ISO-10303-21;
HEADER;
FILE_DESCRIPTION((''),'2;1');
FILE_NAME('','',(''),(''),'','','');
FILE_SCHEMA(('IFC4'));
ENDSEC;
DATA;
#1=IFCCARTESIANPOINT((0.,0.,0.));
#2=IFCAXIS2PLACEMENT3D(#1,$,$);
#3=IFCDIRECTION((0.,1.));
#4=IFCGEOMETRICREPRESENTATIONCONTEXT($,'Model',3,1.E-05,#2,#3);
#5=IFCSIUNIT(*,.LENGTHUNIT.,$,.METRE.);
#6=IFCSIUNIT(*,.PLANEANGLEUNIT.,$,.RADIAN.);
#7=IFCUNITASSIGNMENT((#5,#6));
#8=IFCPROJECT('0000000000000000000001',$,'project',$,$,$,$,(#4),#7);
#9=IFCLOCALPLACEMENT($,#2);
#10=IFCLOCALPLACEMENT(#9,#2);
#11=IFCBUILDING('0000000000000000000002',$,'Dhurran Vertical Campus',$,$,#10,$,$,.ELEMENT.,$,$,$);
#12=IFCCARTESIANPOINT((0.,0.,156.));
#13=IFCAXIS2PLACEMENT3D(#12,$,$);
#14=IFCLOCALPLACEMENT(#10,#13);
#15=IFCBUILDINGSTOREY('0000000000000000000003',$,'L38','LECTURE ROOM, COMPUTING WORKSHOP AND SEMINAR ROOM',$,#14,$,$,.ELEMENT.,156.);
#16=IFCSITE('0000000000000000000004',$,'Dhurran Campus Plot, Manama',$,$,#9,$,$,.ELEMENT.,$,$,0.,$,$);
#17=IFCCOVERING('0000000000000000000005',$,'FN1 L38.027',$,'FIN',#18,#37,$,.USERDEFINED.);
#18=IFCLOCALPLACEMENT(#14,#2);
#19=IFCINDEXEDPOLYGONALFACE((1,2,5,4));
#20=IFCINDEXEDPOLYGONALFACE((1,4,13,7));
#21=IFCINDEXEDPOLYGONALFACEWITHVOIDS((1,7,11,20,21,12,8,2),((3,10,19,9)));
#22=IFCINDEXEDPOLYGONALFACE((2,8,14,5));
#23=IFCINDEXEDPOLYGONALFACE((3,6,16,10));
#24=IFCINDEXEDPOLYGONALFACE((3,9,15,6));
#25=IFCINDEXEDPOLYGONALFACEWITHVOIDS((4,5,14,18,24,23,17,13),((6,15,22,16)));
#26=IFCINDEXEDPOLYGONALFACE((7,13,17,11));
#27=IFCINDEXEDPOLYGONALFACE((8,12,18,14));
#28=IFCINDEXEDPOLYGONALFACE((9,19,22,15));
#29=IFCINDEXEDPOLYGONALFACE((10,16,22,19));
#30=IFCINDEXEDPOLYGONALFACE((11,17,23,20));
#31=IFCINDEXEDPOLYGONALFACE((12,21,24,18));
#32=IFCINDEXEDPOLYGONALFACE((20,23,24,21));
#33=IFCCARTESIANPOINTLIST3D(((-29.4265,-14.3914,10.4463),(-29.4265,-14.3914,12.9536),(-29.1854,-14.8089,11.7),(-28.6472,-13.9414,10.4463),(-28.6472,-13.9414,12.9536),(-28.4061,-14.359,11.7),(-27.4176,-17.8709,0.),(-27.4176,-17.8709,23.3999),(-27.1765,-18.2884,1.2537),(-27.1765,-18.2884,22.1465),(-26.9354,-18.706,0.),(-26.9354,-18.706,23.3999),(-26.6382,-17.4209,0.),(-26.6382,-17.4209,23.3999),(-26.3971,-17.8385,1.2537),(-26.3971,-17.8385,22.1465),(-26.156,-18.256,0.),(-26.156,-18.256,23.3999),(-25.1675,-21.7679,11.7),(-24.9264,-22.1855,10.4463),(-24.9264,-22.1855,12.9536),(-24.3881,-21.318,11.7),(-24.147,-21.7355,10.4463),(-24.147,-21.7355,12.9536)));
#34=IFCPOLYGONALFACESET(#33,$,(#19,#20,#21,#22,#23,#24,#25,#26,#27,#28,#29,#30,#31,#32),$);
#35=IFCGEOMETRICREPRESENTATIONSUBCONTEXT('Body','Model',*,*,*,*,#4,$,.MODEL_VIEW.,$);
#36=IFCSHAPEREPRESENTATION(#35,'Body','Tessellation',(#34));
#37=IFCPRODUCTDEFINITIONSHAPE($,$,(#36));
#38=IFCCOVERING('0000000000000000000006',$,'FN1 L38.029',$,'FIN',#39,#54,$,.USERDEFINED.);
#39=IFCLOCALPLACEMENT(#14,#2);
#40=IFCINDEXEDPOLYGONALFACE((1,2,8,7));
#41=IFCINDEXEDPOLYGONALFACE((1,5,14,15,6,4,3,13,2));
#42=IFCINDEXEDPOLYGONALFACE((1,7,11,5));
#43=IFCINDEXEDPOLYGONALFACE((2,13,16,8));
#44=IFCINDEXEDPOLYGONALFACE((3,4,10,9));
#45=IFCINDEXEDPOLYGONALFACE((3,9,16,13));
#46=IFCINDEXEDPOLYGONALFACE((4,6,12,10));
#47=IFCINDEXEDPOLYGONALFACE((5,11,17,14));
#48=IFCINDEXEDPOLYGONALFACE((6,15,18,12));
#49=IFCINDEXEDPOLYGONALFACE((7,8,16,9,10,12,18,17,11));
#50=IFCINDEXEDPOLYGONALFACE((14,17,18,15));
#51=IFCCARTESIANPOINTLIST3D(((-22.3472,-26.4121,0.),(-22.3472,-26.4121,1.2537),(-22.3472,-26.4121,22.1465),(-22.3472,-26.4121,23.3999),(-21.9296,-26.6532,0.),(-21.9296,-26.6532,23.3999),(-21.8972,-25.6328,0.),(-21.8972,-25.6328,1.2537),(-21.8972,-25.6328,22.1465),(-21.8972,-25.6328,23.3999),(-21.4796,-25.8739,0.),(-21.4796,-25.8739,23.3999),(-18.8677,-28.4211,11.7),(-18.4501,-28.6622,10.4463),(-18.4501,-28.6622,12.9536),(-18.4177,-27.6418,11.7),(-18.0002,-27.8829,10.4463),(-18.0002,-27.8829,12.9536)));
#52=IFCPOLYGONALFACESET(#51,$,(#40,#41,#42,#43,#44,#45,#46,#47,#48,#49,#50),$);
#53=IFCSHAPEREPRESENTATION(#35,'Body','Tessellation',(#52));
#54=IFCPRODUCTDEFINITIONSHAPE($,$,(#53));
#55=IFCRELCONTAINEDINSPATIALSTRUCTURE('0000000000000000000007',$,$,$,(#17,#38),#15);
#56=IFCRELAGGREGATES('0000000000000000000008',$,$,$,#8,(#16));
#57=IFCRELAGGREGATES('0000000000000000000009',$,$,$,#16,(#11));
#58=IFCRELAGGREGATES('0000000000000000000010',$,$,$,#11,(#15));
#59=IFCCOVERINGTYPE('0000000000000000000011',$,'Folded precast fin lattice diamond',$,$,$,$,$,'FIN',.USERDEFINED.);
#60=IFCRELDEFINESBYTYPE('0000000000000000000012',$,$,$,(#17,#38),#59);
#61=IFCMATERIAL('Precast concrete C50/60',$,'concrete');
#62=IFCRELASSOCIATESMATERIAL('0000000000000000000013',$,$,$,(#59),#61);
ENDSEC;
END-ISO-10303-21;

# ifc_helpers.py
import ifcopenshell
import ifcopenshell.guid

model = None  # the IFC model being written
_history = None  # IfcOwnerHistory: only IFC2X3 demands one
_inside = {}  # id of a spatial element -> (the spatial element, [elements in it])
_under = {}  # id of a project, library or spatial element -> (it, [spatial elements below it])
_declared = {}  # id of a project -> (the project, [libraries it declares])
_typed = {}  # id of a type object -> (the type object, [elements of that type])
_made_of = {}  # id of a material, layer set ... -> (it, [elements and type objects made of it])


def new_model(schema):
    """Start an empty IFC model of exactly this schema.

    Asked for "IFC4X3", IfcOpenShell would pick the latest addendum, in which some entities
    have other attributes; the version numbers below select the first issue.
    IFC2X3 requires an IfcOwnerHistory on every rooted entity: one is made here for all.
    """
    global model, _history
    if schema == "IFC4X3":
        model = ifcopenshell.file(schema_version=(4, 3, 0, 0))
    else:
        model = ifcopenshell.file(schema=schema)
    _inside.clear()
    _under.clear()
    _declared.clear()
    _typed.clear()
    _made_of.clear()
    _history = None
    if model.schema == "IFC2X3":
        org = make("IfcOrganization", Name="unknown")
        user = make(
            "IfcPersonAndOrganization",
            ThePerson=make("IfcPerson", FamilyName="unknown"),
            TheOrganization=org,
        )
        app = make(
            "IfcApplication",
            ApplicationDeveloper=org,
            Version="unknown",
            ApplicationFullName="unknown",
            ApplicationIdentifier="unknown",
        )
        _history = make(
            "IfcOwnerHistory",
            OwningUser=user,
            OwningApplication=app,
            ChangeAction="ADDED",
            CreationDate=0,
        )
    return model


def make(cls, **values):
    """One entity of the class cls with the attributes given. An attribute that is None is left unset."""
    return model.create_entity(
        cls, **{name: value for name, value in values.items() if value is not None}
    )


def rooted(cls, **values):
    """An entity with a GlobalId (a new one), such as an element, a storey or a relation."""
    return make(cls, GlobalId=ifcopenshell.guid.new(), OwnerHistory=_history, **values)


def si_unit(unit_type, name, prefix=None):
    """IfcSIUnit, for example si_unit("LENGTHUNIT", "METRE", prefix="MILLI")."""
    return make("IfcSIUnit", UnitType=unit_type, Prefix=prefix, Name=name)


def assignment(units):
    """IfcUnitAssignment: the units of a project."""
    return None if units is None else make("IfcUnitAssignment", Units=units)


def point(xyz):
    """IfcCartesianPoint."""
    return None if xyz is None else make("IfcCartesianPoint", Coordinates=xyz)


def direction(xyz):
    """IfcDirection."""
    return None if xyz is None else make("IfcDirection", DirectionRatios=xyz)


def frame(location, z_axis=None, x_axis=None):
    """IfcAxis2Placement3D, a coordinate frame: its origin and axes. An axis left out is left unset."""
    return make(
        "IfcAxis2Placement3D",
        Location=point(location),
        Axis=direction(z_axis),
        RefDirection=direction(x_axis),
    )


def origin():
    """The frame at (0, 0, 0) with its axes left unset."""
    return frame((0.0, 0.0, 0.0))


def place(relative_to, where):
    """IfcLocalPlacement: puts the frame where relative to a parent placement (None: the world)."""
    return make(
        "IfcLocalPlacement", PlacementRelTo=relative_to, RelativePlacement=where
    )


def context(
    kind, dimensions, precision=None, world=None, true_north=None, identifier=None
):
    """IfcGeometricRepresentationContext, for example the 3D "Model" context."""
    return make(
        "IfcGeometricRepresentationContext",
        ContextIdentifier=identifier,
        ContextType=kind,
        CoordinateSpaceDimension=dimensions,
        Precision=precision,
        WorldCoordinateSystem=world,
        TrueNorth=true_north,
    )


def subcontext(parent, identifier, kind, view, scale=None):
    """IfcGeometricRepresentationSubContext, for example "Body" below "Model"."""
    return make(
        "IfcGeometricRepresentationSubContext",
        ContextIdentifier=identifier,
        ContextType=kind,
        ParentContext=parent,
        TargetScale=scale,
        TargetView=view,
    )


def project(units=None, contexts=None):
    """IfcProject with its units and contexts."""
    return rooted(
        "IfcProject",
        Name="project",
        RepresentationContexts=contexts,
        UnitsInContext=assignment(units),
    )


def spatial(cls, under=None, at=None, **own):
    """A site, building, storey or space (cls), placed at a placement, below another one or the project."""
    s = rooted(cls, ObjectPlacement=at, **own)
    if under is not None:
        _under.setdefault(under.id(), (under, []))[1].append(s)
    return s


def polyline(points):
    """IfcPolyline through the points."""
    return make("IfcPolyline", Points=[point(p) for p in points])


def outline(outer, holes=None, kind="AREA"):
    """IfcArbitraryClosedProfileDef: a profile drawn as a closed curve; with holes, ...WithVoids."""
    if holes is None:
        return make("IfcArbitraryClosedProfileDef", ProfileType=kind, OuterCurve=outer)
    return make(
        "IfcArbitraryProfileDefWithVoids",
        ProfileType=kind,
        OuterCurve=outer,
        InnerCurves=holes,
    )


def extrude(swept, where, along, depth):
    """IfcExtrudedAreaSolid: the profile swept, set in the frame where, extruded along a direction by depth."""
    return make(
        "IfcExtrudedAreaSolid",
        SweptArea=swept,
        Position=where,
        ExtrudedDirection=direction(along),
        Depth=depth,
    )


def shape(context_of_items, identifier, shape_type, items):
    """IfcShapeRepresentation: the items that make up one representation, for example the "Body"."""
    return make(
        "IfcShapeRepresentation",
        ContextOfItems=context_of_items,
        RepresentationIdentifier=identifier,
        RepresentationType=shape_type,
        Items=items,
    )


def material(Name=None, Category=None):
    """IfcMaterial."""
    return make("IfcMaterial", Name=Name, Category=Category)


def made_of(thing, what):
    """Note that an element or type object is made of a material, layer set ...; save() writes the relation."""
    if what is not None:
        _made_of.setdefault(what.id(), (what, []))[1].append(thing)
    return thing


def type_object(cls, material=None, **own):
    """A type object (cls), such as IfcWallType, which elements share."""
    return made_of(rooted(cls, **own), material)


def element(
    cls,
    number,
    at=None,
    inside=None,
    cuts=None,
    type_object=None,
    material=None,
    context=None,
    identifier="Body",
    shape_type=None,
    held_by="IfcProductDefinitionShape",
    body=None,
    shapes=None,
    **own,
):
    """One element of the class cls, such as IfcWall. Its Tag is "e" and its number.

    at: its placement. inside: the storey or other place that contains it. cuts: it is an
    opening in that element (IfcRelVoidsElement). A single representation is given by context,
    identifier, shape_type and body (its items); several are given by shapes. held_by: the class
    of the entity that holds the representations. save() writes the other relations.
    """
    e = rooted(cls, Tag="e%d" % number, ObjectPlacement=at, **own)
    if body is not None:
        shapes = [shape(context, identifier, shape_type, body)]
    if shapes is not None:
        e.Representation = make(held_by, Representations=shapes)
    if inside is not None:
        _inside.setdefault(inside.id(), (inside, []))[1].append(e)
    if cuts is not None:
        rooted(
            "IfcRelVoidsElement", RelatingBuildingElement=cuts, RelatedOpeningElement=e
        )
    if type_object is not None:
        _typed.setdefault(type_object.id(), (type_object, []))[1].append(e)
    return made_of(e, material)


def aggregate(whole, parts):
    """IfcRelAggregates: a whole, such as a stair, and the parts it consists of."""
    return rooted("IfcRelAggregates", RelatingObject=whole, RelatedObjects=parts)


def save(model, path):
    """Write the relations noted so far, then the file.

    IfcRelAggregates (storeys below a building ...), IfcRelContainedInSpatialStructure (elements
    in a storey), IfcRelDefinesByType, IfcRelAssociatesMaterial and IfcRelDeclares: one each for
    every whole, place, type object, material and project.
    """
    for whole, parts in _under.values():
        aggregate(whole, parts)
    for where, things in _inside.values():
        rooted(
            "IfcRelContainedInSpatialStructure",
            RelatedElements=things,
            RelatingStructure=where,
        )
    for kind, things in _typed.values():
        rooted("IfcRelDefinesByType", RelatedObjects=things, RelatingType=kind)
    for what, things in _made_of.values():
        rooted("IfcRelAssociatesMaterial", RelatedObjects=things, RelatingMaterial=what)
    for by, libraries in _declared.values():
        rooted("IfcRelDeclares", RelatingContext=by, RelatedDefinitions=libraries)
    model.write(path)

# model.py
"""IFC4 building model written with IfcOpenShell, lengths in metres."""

from ifc_helpers import new_model, si_unit, direction, frame, origin, place, context, subcontext, project, spatial, polyline, outline, extrude, material, type_object, element, save


model = new_model("IFC4")

# Units and contexts
model_context = context("Model", 3, precision=1e-05, world=origin(), true_north=direction((0.0, 1.0)))
body_context = subcontext(model_context, "Body", "Model", "MODEL_VIEW")
ifc_project = project(units=[si_unit("LENGTHUNIT", "METRE"), si_unit("PLANEANGLEUNIT", "RADIAN")], contexts=[model_context])

# Site, building, storey
site_placement = place(None, origin())
site = spatial("IfcSite", under=ifc_project, at=site_placement, Name="Dhurran Campus Plot, Manama", CompositionType="ELEMENT", RefElevation=0.0)
building_placement = place(site_placement, origin())
building = spatial("IfcBuilding", under=site, at=building_placement, Name="Dhurran Vertical Campus", CompositionType="ELEMENT")
storey_placement = place(building_placement, frame((0.0, 0.0, 156.0)))
storey = spatial("IfcBuildingStorey", under=building, at=storey_placement, Name="L38", Description="LECTURE ROOM, COMPUTING WORKSHOP AND SEMINAR ROOM", CompositionType="ELEMENT", Elevation=156.0)

# Coverings
ifc_material_1 = material(Name="Precast concrete C50/60", Category="concrete")
covering_type = type_object("IfcCoveringType", Name="Folded precast fin lattice diamond", ElementType="FIN", PredefinedType="USERDEFINED", material=ifc_material_1)
for number, where, z_axis, x_axis, name in (
    (1, (-28.6472, -13.9414, 0.0), (-0.866014, -0.50002, 0.0), (0.50002, -0.866014, 0.0), "FN1 L38.027"),
):
    element("IfcCovering", number, at=place(storey_placement, frame(where, z_axis=z_axis, x_axis=x_axis)), inside=storey, type_object=covering_type, Name=name, ObjectType="FIN", PredefinedType="USERDEFINED", context=body_context, shape_type="SweptSolid", body=[
        extrude(outline(polyline([(9.0, 12.9536), (9.0, 10.4463), (4.9822, 0.0), (4.0178, 0.0), (0.0, 10.4463), (0.0, 12.9536), (4.0178, 23.3999), (4.9822, 23.3999), (9.0, 12.9536)]), holes=[polyline([(8.5178, 11.7), (4.5, 22.1465), (0.4822, 11.7), (4.5, 1.2537), (8.5178, 11.7)])]), origin(), (0.0, 0.0, 1.0), 0.8999),
    ])
covering_1_placement = place(storey_placement, frame((-21.8972, -25.6328, 0.0), z_axis=(-0.50002, -0.866014, 0.0), x_axis=(0.866014, -0.50002, 0.0)))
element("IfcCovering", 2, at=covering_1_placement, inside=storey, type_object=covering_type, Name="FN1 L38.029", ObjectType="FIN", PredefinedType="USERDEFINED", context=body_context, shape_type="SweptSolid", body=[
    extrude(outline(polyline([(4.5, 10.4463), (0.4822, 0.0), (0.0, 0.0), (0.0, 1.2537), (4.0178, 11.7), (0.0, 22.1465), (0.0, 23.3999), (0.4822, 23.3999), (4.5, 12.9536), (4.5, 10.4463)])), origin(), (0.0, 0.0, 1.0), 0.8999),
])

save(model, "model.ifc")
